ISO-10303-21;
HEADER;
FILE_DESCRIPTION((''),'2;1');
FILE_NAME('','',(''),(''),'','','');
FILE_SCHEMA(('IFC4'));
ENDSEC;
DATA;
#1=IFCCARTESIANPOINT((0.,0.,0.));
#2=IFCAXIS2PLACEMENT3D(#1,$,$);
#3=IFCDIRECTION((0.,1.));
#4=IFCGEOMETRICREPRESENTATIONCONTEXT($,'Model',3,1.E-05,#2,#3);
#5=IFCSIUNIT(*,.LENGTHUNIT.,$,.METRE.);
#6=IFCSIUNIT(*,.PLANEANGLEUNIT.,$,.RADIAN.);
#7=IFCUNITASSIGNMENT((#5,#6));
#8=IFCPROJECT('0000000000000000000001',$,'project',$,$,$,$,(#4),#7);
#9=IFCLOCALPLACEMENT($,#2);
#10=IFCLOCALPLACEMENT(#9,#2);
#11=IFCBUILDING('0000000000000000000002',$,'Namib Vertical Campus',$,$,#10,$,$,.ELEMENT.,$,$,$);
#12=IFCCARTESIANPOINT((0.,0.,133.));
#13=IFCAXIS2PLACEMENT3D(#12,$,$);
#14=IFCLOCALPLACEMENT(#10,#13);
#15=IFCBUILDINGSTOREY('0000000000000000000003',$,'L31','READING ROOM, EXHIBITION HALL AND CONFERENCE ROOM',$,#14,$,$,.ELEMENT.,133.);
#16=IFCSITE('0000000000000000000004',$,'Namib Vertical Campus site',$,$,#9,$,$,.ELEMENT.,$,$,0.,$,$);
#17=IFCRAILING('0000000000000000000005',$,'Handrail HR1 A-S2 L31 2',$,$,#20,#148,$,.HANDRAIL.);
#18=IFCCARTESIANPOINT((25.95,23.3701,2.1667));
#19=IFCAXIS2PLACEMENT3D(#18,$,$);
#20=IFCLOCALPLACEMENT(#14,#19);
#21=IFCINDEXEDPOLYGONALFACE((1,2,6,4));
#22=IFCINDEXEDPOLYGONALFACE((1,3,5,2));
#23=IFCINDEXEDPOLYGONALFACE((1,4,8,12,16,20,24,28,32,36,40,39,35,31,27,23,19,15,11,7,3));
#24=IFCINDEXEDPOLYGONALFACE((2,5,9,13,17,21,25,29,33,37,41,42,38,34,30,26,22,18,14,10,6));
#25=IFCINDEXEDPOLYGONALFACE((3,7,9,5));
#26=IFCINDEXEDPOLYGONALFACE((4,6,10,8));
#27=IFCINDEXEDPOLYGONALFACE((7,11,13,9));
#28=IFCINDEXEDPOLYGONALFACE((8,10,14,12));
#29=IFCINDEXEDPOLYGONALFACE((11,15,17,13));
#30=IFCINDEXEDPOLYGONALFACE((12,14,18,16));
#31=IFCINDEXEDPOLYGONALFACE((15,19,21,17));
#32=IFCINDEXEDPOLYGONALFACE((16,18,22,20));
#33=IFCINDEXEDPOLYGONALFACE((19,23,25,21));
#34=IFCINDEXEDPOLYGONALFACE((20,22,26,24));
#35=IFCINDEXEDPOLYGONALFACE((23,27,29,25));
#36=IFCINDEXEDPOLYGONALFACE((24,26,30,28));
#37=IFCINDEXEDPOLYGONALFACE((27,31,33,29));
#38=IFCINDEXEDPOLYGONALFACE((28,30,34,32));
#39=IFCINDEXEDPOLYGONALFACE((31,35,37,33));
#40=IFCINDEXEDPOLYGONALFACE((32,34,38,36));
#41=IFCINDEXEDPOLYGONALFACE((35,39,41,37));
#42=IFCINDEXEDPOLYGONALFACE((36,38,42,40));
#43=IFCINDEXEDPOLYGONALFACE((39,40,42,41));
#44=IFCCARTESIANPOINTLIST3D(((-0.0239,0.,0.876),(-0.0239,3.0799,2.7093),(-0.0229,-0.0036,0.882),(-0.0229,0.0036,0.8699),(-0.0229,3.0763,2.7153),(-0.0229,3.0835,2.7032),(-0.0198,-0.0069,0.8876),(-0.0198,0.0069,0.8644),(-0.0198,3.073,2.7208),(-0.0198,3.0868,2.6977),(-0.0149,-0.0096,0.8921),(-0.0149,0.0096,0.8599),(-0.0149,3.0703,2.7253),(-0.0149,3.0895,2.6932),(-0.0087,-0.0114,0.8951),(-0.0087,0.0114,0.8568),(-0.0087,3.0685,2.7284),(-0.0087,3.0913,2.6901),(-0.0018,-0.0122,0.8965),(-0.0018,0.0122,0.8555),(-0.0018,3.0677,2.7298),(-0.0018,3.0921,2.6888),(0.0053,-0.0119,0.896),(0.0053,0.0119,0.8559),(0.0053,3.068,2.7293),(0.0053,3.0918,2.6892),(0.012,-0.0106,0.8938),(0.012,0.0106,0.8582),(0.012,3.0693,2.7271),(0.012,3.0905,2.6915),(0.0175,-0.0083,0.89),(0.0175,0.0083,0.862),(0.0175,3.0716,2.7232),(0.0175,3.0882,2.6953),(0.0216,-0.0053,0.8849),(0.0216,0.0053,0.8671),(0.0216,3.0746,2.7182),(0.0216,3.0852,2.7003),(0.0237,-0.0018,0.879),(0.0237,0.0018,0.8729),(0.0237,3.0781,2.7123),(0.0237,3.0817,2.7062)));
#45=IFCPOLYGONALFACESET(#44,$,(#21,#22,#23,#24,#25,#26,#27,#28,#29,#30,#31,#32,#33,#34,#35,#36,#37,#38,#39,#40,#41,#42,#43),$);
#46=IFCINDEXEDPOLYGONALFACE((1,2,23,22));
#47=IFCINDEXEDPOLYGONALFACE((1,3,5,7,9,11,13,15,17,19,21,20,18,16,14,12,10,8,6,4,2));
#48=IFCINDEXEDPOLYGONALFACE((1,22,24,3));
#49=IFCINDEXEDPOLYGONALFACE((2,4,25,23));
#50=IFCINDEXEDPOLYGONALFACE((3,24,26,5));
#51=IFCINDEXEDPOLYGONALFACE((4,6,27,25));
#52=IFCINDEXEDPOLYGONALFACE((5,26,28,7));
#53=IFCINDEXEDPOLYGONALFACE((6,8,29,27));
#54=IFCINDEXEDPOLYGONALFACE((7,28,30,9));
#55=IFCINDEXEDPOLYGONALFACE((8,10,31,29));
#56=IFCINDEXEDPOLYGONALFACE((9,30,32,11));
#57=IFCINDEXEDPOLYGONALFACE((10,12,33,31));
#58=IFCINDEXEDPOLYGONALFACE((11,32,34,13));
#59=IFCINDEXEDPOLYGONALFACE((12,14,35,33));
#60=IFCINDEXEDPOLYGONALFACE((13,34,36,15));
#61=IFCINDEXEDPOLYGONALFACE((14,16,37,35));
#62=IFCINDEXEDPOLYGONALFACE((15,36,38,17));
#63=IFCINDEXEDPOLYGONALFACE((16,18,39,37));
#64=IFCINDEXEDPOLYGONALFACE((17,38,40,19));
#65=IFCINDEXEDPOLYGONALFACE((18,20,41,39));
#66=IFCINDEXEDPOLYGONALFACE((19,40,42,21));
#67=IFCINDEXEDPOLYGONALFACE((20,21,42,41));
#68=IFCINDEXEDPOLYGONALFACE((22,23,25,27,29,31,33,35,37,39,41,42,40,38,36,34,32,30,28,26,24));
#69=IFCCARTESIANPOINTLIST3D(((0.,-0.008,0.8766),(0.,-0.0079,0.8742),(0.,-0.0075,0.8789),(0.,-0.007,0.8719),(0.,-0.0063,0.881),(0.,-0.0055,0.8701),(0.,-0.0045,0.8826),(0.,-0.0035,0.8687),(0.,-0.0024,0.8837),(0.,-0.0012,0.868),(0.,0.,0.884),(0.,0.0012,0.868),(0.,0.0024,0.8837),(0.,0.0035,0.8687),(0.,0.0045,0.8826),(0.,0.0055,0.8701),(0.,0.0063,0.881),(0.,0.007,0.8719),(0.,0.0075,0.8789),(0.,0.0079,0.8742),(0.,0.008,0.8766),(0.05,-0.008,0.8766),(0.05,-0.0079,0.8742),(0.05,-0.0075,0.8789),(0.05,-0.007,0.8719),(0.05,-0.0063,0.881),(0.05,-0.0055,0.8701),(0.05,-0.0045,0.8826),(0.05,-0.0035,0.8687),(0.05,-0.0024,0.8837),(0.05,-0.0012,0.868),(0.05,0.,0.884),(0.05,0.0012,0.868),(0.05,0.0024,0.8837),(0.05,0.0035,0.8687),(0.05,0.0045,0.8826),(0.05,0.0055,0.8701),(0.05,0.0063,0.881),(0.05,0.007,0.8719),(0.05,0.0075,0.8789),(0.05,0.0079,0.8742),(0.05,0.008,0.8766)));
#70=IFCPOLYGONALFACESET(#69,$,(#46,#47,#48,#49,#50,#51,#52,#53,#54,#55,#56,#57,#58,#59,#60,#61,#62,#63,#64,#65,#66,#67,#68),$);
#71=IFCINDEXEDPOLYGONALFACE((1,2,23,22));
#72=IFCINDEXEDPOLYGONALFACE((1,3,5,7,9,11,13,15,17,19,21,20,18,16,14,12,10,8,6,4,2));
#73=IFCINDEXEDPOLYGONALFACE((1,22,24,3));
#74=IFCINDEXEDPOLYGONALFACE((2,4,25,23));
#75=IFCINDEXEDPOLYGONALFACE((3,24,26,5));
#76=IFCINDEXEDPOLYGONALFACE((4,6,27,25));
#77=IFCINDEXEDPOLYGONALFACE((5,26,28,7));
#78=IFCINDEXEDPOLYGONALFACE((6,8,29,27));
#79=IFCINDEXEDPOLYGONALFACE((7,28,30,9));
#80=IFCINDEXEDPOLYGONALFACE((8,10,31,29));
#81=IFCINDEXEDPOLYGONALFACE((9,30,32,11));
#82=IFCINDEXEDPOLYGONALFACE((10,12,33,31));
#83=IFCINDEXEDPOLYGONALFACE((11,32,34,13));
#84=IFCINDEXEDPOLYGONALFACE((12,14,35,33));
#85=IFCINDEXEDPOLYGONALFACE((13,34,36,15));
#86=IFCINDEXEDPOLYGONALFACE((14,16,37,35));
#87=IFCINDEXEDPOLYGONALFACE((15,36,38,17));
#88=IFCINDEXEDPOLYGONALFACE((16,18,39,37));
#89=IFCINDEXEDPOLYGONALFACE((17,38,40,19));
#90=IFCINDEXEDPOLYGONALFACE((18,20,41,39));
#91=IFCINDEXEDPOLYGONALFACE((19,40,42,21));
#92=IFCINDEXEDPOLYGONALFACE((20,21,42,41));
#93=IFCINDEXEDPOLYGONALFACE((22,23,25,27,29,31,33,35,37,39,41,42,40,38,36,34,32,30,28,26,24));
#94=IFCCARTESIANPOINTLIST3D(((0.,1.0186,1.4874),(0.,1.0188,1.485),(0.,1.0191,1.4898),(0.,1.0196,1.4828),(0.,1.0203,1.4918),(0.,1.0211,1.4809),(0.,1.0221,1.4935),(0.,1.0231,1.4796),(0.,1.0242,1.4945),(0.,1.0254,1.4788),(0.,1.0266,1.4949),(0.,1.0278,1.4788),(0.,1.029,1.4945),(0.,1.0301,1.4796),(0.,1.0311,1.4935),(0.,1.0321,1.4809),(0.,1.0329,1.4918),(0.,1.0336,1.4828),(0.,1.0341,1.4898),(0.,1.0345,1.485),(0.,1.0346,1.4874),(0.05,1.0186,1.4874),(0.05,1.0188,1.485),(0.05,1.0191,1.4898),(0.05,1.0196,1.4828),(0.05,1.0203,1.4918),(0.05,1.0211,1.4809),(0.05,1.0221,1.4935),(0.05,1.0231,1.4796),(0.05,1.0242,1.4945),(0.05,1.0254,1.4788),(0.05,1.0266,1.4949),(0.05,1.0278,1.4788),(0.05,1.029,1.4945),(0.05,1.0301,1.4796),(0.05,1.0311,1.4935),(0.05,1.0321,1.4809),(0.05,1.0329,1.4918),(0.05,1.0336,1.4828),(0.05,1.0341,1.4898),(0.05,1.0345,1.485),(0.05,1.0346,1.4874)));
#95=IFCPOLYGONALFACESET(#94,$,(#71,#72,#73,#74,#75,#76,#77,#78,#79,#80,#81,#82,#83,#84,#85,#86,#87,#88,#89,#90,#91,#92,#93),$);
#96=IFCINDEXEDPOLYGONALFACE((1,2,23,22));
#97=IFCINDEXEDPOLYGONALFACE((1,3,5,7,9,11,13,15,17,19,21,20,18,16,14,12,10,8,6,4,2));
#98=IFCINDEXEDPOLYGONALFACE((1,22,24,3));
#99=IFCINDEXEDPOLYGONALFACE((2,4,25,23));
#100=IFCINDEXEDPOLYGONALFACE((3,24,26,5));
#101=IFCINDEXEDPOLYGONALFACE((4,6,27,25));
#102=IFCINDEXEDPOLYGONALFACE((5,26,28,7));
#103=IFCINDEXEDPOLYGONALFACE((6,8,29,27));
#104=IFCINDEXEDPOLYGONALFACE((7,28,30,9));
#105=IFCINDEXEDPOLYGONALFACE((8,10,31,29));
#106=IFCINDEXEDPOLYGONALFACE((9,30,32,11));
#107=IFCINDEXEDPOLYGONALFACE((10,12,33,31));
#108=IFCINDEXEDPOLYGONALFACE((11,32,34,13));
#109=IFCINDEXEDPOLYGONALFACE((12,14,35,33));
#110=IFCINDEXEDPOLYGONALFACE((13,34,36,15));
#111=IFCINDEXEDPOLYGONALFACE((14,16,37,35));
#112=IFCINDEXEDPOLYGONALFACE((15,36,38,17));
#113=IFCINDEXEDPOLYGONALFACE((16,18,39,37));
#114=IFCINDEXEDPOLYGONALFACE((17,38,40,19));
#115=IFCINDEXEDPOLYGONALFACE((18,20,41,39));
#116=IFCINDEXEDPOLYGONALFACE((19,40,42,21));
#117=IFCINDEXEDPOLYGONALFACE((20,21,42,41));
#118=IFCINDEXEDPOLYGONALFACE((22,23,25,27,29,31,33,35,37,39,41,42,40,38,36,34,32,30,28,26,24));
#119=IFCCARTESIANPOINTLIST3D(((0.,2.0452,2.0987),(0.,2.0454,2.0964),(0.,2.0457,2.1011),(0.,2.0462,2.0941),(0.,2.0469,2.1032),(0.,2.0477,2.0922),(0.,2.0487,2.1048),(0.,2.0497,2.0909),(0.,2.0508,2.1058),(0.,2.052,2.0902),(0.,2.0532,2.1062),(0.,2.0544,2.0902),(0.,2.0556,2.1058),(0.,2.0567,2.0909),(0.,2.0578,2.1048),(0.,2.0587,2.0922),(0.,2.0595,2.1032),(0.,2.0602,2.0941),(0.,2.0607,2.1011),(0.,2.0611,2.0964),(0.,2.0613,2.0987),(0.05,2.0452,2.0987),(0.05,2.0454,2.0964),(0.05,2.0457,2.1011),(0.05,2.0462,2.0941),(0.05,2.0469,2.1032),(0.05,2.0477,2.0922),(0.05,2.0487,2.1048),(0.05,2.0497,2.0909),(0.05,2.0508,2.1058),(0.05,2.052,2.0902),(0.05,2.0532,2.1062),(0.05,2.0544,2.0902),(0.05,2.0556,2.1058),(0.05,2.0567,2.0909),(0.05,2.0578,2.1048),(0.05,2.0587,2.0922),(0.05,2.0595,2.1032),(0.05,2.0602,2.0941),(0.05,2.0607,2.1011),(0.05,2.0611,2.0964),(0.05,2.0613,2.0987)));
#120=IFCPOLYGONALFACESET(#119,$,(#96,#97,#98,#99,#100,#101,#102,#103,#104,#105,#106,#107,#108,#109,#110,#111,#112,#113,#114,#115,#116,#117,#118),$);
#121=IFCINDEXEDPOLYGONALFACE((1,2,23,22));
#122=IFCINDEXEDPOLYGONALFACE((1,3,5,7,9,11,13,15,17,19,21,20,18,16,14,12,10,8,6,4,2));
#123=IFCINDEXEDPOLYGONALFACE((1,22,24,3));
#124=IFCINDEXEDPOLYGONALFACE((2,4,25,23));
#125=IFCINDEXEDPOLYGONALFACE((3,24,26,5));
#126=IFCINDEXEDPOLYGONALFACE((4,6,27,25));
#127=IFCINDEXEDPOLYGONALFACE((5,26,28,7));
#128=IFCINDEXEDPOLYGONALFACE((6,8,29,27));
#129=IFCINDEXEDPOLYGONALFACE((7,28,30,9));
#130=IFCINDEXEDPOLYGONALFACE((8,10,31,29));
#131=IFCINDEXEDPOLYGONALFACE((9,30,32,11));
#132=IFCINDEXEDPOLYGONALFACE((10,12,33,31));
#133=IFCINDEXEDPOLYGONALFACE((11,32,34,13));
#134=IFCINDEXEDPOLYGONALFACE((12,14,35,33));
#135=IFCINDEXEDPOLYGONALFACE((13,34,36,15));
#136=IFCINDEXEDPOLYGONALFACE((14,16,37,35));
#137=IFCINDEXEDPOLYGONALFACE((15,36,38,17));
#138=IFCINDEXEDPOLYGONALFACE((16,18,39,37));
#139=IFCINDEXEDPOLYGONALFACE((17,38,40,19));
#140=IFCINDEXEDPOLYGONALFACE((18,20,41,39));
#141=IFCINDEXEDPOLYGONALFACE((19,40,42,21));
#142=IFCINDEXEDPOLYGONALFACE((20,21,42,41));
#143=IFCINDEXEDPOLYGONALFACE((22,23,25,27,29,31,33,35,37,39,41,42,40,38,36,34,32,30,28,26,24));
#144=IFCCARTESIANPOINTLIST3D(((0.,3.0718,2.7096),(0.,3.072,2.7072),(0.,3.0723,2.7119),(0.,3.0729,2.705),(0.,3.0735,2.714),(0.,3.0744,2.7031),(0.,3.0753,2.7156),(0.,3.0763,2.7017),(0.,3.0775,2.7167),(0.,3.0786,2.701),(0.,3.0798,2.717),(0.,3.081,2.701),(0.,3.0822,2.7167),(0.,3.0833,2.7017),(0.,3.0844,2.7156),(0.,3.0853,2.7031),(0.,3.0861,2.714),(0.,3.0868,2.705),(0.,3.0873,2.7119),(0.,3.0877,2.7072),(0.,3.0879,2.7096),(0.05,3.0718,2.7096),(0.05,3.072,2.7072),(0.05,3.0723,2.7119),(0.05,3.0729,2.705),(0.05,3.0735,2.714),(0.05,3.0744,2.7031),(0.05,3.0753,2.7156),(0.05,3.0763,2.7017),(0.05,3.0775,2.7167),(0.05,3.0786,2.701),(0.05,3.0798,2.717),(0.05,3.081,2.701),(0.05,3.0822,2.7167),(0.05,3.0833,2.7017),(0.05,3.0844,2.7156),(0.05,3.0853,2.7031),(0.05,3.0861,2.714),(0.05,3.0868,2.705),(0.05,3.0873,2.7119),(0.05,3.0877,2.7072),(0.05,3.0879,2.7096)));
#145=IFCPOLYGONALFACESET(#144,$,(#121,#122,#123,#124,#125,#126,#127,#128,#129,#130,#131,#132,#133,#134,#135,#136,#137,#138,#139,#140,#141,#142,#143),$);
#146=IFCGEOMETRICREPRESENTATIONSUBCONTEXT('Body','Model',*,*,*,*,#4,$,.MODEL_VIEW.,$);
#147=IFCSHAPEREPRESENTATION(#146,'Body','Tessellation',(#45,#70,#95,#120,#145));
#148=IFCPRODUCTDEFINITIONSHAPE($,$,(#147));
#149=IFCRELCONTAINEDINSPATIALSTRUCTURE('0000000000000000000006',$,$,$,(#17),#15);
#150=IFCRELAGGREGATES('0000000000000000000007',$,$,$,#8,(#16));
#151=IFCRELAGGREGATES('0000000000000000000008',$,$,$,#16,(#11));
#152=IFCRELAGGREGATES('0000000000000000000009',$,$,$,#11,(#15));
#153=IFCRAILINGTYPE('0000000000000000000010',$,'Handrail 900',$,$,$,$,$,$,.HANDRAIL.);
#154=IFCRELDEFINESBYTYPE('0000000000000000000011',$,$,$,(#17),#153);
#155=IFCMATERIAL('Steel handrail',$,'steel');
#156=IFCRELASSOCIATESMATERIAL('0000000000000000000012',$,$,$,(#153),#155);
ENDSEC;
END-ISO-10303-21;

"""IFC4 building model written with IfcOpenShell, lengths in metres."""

from ifc_helpers import new_model, si_unit, direction, frame, origin, origin_2d, place, context, subcontext, project, spatial, circle, extrude, material, type_object, element, save


model = new_model("IFC4")

# Units and contexts
model_context = context("Model", 3, precision=1e-05, world=origin(), true_north=direction((0.0, 1.0)))
body_context = subcontext(model_context, "Body", "Model", "MODEL_VIEW")
ifc_project = project(units=[si_unit("LENGTHUNIT", "METRE"), si_unit("PLANEANGLEUNIT", "RADIAN")], contexts=[model_context])

# Site, building, storey
site_placement = place(None, origin())
site = spatial("IfcSite", under=ifc_project, at=site_placement, Name="Namib Vertical Campus site", CompositionType="ELEMENT", RefElevation=0.0)
building_placement = place(site_placement, origin())
building = spatial("IfcBuilding", under=site, at=building_placement, Name="Namib Vertical Campus", CompositionType="ELEMENT")
storey_placement = place(building_placement, frame((0.0, 0.0, 133.0)))
storey = spatial("IfcBuildingStorey", under=building, at=storey_placement, Name="L31", Description="READING ROOM, EXHIBITION HALL AND CONFERENCE ROOM", CompositionType="ELEMENT", Elevation=133.0)

# Railing
ifc_material_1 = material(Name="Steel handrail", Category="steel")
railing_type_1 = type_object("IfcRailingType", Name="Handrail 900", PredefinedType="HANDRAIL", material=ifc_material_1)
railing_1_placement = place(storey_placement, frame((25.95, 23.3701, 2.1667)))
element("IfcRailing", 1, at=railing_1_placement, inside=storey, type_object=railing_type_1, Name="Handrail HR1 A-S2 L31 2", PredefinedType="HANDRAIL", context=body_context, shape_type="SweptSolid", body=[
    extrude(circle(Radius=0.0239, at=origin_2d()), frame((0.0, 0.0, 0.876), z_axis=(0.0, 0.859291, 0.511487), x_axis=(-1.0, 0.0, 0.0)), (0.0, 0.0, 1.0), 3.5842),
    extrude(circle(Radius=0.0081, at=origin_2d()), frame((0.0, 0.0, 0.876), z_axis=(1.0, 0.0, 0.0), x_axis=(0.0, 0.0, 1.0)), (0.0, 0.0, 1.0), 0.05),
    extrude(circle(Radius=0.0081, at=origin_2d()), frame((0.0, 1.0266, 1.4868), z_axis=(1.0, 0.0, 0.0), x_axis=(0.0, 0.0, 1.0)), (0.0, 0.0, 1.0), 0.05),
    extrude(circle(Radius=0.0081, at=origin_2d()), frame((0.0, 2.0532, 2.0981), z_axis=(1.0, 0.0, 0.0), x_axis=(0.0, 0.0, 1.0)), (0.0, 0.0, 1.0), 0.05),
    extrude(circle(Radius=0.0081, at=origin_2d()), frame((0.0, 3.0798, 2.709), z_axis=(1.0, 0.0, 0.0), x_axis=(0.0, 0.0, 1.0)), (0.0, 0.0, 1.0), 0.05),
])

save(model, "model.ifc")
